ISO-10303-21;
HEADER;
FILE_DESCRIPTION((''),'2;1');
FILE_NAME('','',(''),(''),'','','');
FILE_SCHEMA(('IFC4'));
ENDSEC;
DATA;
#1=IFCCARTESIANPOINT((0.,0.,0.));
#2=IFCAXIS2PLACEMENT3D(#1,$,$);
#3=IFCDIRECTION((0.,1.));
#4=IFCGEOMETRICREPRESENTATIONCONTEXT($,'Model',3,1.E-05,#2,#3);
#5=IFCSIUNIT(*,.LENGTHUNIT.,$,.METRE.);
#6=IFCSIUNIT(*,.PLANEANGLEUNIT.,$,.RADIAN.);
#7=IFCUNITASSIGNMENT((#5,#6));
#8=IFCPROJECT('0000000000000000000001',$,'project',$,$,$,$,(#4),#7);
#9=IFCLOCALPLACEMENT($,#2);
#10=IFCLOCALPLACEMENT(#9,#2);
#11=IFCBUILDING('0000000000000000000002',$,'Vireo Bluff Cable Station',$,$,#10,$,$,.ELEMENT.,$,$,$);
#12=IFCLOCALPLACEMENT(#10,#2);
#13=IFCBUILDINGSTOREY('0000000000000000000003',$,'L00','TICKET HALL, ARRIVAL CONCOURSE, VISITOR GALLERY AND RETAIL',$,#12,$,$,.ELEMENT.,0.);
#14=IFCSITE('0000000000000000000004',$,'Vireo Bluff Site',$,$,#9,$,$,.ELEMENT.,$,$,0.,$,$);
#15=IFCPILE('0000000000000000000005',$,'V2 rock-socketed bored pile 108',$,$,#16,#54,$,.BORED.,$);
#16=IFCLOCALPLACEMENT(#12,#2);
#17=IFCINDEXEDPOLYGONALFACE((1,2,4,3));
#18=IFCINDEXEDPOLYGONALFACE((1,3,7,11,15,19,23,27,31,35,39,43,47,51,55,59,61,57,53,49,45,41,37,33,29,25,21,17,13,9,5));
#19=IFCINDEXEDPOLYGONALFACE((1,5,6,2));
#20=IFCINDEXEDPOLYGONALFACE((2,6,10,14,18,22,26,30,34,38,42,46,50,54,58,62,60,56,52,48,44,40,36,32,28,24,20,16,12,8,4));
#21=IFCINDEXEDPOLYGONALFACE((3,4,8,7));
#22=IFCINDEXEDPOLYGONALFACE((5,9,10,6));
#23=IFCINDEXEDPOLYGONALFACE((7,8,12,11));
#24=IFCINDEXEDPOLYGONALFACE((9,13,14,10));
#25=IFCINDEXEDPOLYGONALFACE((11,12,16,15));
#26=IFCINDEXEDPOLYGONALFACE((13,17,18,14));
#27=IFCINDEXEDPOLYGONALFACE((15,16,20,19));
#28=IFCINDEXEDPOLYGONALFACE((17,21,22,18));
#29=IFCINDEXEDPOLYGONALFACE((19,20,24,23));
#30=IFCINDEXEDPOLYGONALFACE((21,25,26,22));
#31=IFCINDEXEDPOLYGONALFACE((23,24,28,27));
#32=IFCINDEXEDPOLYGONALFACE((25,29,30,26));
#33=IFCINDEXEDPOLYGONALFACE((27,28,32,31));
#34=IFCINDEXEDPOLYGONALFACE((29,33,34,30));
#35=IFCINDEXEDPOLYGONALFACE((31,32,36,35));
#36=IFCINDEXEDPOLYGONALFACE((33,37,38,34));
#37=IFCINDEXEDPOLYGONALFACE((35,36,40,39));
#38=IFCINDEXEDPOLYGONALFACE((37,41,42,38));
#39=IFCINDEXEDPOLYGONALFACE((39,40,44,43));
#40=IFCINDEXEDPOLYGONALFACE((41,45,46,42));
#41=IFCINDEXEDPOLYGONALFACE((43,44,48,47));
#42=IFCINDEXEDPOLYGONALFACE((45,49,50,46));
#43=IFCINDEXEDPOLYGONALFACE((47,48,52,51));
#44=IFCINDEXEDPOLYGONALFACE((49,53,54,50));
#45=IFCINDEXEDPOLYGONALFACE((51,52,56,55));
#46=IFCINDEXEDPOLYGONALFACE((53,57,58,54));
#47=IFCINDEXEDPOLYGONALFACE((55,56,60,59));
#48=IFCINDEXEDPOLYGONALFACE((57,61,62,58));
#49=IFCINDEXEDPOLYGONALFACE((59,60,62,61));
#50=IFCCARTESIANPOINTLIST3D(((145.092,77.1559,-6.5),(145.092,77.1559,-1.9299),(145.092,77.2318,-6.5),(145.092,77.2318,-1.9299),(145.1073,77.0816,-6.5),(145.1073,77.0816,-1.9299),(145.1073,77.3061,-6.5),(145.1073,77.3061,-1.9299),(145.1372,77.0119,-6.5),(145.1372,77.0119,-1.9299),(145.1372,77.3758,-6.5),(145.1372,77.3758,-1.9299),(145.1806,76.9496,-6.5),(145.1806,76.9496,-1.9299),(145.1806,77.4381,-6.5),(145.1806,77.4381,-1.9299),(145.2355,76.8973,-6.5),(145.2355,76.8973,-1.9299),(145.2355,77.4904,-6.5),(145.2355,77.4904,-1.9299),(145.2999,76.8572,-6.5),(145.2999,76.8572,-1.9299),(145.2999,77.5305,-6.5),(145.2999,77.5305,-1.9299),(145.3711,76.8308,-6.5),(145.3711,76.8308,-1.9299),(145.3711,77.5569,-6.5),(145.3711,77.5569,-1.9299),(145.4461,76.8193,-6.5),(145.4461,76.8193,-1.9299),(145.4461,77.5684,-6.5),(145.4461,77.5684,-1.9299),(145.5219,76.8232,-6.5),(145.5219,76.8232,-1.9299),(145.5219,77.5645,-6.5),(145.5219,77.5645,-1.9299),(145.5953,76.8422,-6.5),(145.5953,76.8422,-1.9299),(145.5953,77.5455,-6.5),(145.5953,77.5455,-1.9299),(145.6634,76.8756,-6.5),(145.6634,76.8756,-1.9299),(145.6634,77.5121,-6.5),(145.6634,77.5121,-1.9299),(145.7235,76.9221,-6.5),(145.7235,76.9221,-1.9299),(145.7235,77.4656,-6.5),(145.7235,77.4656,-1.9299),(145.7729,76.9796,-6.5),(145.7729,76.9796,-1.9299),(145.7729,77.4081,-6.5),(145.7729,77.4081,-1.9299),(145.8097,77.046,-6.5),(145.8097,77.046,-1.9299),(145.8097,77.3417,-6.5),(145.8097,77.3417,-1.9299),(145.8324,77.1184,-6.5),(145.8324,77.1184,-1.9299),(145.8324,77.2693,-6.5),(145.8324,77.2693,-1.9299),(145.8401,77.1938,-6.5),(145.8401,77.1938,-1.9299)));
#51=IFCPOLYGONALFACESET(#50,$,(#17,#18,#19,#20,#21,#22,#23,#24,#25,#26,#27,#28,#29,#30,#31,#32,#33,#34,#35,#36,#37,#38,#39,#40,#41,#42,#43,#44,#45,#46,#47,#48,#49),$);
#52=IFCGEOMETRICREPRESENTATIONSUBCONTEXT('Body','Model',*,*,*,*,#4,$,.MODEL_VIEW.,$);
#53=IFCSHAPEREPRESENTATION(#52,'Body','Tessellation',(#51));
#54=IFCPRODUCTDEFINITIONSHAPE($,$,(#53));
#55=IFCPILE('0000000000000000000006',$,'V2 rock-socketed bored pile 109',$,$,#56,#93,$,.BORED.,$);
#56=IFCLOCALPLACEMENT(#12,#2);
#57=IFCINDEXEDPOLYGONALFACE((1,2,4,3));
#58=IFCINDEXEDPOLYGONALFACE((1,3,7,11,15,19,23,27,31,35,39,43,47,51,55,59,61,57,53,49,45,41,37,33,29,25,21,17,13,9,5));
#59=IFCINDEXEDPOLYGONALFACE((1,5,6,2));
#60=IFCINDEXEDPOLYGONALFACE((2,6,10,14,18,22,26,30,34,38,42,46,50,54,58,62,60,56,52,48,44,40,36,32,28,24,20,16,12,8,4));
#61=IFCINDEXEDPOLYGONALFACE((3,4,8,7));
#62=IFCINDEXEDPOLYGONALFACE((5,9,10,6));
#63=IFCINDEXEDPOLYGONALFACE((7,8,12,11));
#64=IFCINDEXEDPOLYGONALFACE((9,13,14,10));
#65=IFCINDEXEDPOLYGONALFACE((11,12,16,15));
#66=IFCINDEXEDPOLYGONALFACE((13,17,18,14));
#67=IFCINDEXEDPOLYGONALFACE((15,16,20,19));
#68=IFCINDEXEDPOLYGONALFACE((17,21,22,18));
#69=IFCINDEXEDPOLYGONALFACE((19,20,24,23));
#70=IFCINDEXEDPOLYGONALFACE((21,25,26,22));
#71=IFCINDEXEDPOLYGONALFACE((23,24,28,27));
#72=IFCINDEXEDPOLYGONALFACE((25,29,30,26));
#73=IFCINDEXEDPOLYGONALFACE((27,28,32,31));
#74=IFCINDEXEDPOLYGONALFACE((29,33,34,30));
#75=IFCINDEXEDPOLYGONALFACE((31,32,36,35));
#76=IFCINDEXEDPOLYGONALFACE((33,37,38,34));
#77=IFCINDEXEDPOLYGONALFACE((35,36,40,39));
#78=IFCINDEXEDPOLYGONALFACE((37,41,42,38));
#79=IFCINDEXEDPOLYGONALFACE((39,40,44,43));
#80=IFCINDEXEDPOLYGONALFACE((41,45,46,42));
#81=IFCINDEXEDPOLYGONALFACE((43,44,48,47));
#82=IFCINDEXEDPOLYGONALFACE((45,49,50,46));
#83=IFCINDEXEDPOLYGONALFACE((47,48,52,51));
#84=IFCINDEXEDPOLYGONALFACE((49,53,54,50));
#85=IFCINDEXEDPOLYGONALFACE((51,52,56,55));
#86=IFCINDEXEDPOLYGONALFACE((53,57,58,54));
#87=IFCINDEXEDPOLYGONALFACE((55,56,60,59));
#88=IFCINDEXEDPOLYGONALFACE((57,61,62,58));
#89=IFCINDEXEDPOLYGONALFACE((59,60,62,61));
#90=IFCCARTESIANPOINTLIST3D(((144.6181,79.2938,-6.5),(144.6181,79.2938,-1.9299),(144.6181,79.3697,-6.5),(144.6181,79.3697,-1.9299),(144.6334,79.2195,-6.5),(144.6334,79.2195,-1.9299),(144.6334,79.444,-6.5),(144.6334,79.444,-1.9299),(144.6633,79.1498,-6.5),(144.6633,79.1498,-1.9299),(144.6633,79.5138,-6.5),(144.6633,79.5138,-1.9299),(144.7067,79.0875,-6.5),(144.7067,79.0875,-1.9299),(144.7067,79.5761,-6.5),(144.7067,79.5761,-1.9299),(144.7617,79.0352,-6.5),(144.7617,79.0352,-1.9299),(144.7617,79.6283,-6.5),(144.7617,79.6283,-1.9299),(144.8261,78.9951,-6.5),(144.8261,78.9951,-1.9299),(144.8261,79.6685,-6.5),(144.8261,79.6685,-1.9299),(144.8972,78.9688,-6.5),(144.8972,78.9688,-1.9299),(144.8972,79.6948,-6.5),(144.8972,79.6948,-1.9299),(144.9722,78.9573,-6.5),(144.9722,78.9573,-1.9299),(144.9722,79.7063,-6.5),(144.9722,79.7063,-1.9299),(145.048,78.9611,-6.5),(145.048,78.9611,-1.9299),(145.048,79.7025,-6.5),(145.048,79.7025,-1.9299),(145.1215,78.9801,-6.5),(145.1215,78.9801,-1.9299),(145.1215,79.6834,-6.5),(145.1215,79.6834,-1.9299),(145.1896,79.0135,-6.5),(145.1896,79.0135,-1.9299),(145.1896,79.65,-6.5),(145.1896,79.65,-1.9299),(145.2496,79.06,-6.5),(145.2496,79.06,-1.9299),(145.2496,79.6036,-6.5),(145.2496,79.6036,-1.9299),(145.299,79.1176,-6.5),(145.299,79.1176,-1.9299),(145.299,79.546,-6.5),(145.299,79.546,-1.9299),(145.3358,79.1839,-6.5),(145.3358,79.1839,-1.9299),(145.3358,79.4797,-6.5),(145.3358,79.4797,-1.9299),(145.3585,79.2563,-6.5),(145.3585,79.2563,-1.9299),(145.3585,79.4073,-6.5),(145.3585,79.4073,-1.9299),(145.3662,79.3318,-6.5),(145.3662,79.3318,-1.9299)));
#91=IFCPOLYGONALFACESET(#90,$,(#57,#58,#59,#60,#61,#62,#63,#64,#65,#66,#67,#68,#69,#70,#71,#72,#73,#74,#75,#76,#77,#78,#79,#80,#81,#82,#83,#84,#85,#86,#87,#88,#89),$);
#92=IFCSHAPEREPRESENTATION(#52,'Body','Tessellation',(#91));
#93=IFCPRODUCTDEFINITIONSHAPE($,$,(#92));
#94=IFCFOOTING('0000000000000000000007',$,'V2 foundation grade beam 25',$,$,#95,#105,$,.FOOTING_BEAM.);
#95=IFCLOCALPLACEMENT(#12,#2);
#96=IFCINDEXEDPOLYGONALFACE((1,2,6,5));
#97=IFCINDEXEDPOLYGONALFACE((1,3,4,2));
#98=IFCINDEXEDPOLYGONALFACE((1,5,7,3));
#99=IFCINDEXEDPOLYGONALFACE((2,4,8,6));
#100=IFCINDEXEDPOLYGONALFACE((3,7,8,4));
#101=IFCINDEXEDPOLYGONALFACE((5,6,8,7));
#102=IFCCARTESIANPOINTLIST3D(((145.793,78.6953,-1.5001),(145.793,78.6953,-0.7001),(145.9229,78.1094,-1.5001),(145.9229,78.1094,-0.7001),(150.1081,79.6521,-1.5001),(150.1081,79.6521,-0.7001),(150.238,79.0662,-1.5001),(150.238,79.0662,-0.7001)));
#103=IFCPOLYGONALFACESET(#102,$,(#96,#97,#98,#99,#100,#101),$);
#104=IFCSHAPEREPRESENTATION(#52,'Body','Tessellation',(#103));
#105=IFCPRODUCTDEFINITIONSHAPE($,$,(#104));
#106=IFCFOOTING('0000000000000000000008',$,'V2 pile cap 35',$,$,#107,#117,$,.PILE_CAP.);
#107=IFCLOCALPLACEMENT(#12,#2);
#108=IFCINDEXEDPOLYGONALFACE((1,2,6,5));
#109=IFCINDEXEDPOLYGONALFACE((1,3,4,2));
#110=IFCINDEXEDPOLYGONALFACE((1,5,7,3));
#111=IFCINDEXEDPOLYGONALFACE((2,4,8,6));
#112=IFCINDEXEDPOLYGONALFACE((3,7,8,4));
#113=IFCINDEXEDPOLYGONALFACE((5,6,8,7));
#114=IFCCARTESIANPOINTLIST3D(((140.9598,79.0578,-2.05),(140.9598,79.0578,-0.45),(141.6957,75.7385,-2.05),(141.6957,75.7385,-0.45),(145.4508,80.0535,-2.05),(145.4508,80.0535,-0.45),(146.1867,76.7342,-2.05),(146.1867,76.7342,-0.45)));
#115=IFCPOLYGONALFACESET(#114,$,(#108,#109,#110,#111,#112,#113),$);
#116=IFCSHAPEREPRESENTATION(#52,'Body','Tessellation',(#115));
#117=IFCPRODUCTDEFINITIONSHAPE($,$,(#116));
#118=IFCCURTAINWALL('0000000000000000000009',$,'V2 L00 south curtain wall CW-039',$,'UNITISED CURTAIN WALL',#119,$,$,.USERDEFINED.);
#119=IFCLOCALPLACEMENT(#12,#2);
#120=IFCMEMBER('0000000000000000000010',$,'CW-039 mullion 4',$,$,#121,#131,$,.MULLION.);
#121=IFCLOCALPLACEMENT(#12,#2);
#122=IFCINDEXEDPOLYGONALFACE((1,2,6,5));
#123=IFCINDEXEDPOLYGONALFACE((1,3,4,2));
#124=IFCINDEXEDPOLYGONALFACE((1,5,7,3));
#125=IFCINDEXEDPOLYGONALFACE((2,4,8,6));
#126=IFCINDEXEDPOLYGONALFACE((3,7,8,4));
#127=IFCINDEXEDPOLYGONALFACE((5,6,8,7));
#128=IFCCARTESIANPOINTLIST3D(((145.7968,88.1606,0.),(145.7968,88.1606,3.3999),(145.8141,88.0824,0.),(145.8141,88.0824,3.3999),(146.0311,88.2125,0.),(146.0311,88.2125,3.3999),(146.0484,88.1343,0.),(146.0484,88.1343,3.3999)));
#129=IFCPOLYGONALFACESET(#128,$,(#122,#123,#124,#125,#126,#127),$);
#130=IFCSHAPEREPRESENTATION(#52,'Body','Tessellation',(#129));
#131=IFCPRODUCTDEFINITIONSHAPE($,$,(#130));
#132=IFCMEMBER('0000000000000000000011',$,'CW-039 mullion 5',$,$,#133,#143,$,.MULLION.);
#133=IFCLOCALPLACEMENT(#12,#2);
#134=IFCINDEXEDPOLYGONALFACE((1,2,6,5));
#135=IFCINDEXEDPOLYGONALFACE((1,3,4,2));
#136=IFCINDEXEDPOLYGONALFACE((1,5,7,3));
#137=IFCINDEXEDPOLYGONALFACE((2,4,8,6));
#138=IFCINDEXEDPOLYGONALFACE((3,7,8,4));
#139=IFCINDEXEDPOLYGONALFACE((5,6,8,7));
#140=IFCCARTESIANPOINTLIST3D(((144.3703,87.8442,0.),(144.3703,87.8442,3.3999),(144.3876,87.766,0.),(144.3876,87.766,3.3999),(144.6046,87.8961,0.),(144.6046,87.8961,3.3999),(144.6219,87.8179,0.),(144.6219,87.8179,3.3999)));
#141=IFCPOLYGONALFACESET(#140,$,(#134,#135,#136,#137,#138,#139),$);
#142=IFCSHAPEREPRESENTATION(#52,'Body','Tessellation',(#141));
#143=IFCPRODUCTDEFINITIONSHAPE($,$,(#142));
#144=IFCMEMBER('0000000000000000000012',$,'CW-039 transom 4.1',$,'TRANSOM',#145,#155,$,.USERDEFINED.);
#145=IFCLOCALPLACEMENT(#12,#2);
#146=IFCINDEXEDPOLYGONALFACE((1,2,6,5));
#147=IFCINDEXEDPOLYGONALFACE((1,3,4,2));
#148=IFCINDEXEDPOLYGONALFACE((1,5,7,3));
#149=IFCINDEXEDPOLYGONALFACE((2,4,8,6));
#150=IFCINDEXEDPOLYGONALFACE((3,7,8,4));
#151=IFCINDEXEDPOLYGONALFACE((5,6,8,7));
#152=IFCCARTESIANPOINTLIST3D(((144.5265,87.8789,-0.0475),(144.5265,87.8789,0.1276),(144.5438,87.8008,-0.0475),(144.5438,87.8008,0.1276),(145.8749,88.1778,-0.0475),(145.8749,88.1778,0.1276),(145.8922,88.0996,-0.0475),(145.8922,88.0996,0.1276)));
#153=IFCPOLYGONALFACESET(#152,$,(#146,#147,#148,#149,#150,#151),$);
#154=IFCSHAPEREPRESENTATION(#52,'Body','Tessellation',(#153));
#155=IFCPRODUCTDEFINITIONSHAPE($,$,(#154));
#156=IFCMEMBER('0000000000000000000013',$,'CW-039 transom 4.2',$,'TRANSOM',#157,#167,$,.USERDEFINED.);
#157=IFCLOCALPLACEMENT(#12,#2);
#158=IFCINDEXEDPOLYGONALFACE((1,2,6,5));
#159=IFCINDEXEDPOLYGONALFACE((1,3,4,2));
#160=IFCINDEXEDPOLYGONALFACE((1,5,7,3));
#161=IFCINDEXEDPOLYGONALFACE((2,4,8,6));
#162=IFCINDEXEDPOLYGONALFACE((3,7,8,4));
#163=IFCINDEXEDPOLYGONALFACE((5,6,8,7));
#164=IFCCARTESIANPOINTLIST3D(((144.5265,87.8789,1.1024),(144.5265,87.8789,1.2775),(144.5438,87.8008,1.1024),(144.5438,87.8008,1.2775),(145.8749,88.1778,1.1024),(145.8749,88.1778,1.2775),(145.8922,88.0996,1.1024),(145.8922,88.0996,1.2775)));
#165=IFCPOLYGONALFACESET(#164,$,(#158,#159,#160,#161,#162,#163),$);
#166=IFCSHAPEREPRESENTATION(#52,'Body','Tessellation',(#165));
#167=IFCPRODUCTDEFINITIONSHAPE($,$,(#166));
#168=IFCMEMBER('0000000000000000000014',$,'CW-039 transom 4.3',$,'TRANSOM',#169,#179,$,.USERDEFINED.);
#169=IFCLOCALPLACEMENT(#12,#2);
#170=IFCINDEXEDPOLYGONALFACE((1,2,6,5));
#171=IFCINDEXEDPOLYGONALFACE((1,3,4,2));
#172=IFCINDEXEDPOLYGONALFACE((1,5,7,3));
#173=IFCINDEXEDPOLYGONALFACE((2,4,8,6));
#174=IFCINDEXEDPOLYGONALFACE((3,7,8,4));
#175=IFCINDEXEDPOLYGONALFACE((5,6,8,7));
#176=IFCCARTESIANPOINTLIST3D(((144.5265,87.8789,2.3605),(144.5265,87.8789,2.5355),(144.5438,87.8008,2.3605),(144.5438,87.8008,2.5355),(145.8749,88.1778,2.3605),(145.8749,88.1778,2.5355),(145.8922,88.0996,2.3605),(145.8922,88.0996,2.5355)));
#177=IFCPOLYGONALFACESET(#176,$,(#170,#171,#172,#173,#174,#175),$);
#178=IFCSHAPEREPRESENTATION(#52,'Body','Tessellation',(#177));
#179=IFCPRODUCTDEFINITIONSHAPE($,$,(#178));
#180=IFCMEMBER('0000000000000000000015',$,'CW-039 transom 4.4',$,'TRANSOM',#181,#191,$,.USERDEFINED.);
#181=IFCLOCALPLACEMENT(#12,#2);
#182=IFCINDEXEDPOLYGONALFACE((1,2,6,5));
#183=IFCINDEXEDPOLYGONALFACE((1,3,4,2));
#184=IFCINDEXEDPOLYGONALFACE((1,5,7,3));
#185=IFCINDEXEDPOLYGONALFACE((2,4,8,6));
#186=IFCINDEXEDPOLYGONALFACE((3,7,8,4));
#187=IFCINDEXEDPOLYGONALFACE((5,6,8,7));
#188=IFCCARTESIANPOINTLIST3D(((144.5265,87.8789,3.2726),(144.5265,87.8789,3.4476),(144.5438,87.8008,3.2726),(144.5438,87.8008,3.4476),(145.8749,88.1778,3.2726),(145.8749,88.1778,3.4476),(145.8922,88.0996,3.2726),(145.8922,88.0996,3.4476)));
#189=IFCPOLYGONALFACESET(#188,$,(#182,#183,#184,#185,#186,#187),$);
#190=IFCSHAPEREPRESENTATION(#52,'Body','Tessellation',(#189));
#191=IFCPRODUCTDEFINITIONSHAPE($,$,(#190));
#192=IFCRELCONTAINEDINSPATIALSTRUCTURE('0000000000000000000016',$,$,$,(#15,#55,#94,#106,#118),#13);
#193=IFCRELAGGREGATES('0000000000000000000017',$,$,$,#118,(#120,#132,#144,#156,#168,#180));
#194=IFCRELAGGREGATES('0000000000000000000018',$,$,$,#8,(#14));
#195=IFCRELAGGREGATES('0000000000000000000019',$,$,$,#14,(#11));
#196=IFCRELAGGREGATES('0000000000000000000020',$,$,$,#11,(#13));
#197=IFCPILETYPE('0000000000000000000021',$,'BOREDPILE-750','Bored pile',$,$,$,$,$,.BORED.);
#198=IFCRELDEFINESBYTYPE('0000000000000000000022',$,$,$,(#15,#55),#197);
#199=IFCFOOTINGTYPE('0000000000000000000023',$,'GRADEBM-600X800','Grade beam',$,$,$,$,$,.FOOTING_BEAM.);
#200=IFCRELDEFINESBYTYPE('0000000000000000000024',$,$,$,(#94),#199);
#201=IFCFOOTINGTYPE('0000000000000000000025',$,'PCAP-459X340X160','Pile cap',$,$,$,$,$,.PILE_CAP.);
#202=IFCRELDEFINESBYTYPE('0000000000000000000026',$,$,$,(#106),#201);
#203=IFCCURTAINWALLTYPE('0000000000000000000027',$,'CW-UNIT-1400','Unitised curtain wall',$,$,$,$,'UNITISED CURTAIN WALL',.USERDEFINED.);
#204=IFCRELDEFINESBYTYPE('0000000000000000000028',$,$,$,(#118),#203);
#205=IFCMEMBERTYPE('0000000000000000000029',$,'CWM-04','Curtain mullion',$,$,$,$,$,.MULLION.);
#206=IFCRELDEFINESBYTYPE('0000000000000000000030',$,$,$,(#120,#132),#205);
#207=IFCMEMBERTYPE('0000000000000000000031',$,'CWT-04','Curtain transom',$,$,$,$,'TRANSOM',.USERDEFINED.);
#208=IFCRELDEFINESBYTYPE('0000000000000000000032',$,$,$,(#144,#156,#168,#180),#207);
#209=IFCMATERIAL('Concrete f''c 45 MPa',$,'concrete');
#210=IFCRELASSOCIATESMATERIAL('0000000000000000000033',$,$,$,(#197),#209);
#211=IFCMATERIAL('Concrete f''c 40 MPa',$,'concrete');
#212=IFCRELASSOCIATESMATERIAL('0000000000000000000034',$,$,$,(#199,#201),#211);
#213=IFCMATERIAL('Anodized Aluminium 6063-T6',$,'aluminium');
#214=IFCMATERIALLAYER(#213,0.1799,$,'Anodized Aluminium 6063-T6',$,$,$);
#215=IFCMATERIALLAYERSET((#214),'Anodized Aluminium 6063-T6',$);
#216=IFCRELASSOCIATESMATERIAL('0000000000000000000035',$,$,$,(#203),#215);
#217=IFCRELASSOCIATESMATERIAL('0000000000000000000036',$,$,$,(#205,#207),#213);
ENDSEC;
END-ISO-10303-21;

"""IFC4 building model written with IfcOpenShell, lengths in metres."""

from ifc_helpers import new_model, si_unit, direction, frame, origin, origin_2d, place, context, subcontext, project, spatial, rectangle, circle, extrude, material, layer, layer_set, material_profile, profile_set, type_object, element, aggregate, save


model = new_model("IFC4")

# Units and contexts
model_context = context("Model", 3, precision=1e-05, world=origin(), true_north=direction((0.0, 1.0)))
body_context = subcontext(model_context, "Body", "Model", "MODEL_VIEW")
ifc_project = project(units=[si_unit("LENGTHUNIT", "METRE"), si_unit("PLANEANGLEUNIT", "RADIAN")], contexts=[model_context])

# Site, building, storey
site_placement = place(None, origin())
site = spatial("IfcSite", under=ifc_project, at=site_placement, Name="Vireo Bluff Site", CompositionType="ELEMENT", RefElevation=0.0)
building_placement = place(site_placement, origin())
building = spatial("IfcBuilding", under=site, at=building_placement, Name="Vireo Bluff Cable Station", CompositionType="ELEMENT")
storey_placement = place(building_placement, origin())
storey = spatial("IfcBuildingStorey", under=building, at=storey_placement, Name="L00", Description="TICKET HALL, ARRIVAL CONCOURSE, VISITOR GALLERY AND RETAIL", CompositionType="ELEMENT", Elevation=0.0)

# Piles
ifc_material_1 = material(Name="Concrete f'c 45 MPa", Category="concrete")
ifc_material_profile_1 = material_profile(ifc_material_1, circle(Radius=0.375, at=origin_2d()), Name="BOREDPILE-750")
ifc_profile_set_1 = profile_set([ifc_material_profile_1], Name="Concrete f'c 45 MPa")
pile_type = type_object("IfcPileType", Name="BOREDPILE-750", Description="Bored pile", PredefinedType="BORED", material=ifc_profile_set_1)
for number, where, z_axis, x_axis, name in (
    (1, (145.4651, 77.1938, -1.9299), (0.0, 0.0, -1.0), (1.0, 0.0, 0.0), "V2 rock-socketed bored pile 108"),
    (2, (144.9912, 79.3318, -1.9299), (0.0, 0.0, -1.0), (1.0, 0.0, 0.0), "V2 rock-socketed bored pile 109"),
):
    element("IfcPile", number, at=place(storey_placement, frame(where, z_axis=z_axis, x_axis=x_axis)), inside=storey, type_object=pile_type, Name=name, PredefinedType="BORED", context=body_context, shape_type="SweptSolid", body=[
        extrude(circle(Radius=0.375, at=origin_2d()), origin(), (0.0, 0.0, 1.0), 4.5701),
    ])

# Footings
ifc_material_2 = material(Name="Concrete f'c 40 MPa", Category="concrete")
ifc_material_profile_2 = material_profile(ifc_material_2, rectangle(XDim=0.6001, YDim=0.8, at=origin_2d()), Name="GRADEBM-600X800")
ifc_profile_set_2 = profile_set([ifc_material_profile_2], Name="Concrete f'c 40 MPa")
footing_type_1 = type_object("IfcFootingType", Name="GRADEBM-600X800", Description="Grade beam", PredefinedType="FOOTING_BEAM", material=ifc_profile_set_2)
footing_1_placement = place(storey_placement, frame((145.8579, 78.4023, -1.1001), z_axis=(0.97629, 0.216468, 0.0), x_axis=(-0.216468, 0.97629, 0.0)))
element("IfcFooting", 3, at=footing_1_placement, inside=storey, type_object=footing_type_1, Name="V2 foundation grade beam 25", PredefinedType="FOOTING_BEAM", context=body_context, shape_type="SweptSolid", body=[
    extrude(rectangle(XDim=0.6001, YDim=0.8, at=origin_2d()), origin(), (0.0, 0.0, 1.0), 4.4199),
])
footing_type_2 = type_object("IfcFootingType", Name="PCAP-459X340X160", Description="Pile cap", PredefinedType="PILE_CAP", material=ifc_material_2)
footing_2_placement = place(storey_placement, frame((143.5732, 77.896, -2.05), z_axis=(0.0, 0.0, 1.0), x_axis=(0.976296, 0.21644, 0.0)))
element("IfcFooting", 4, at=footing_2_placement, inside=storey, type_object=footing_type_2, Name="V2 pile cap 35", PredefinedType="PILE_CAP", context=body_context, shape_type="SweptSolid", body=[
    extrude(rectangle(XDim=4.6001, YDim=3.3999, at=origin_2d()), origin(), (0.0, 0.0, 1.0), 1.6001),
])

# Curtain wall, members
ifc_material_3 = material(Name="Anodized Aluminium 6063-T6", Category="aluminium")
ifc_layer_1 = layer(ifc_material_3, 0.1799, Name="Anodized Aluminium 6063-T6")
ifc_layer_set_1 = layer_set([ifc_layer_1], Name="Anodized Aluminium 6063-T6")
curtain_wall_type = type_object("IfcCurtainWallType", Name="CW-UNIT-1400", Description="Unitised curtain wall", ElementType="UNITISED CURTAIN WALL", PredefinedType="USERDEFINED", material=ifc_layer_set_1)
curtain_wall_placement = place(storey_placement, origin())
curtain_wall = element("IfcCurtainWall", 5, at=curtain_wall_placement, inside=storey, type_object=curtain_wall_type, Name="V2 L00 south curtain wall CW-039", ObjectType="UNITISED CURTAIN WALL", PredefinedType="USERDEFINED")
ifc_material_profile_3 = material_profile(ifc_material_3, rectangle(XDim=0.0801, YDim=0.24, at=origin_2d()), Name="ALU-M-80X240")
ifc_profile_set_3 = profile_set([ifc_material_profile_3], Name="Anodized Aluminium 6063-T6")
member_type_1 = type_object("IfcMemberType", Name="CWM-04", Description="Curtain mullion", PredefinedType="MULLION", material=ifc_profile_set_3)
member_1_placement = place(storey_placement, frame((145.9226, 88.1475, 0.0), z_axis=(0.0, 0.0, 1.0), x_axis=(0.21644, -0.976296, 0.0)))
member_1 = element("IfcMember", 6, at=member_1_placement, type_object=member_type_1, Name="CW-039 mullion 4", PredefinedType="MULLION", context=body_context, shape_type="SweptSolid", body=[
    extrude(rectangle(XDim=0.0801, YDim=0.24, at=origin_2d()), origin(), (0.0, 0.0, 1.0), 3.3999),
])
member_2_placement = place(storey_placement, frame((144.4961, 87.8311, 0.0), z_axis=(0.0, 0.0, 1.0), x_axis=(0.21644, -0.976296, 0.0)))
member_2 = element("IfcMember", 7, at=member_2_placement, type_object=member_type_1, Name="CW-039 mullion 5", PredefinedType="MULLION", context=body_context, shape_type="SweptSolid", body=[
    extrude(rectangle(XDim=0.0801, YDim=0.24, at=origin_2d()), origin(), (0.0, 0.0, 1.0), 3.3999),
])
ifc_material_profile_4 = material_profile(ifc_material_3, rectangle(XDim=0.0801, YDim=0.175, at=origin_2d()), Name="ALU-T-80X175")
ifc_profile_set_4 = profile_set([ifc_material_profile_4], Name="Anodized Aluminium 6063-T6")
member_type_2 = type_object("IfcMemberType", Name="CWT-04", Description="Curtain transom", ElementType="TRANSOM", PredefinedType="USERDEFINED", material=ifc_profile_set_4)
member_3_placement = place(storey_placement, frame((145.8835, 88.1387, 0.04), z_axis=(-0.976312, -0.216369, 0.0), x_axis=(0.216369, -0.976312, 0.0)))
member_3 = element("IfcMember", 8, at=member_3_placement, type_object=member_type_2, Name="CW-039 transom 4.1", ObjectType="TRANSOM", PredefinedType="USERDEFINED", context=body_context, shape_type="SweptSolid", body=[
    extrude(rectangle(XDim=0.0801, YDim=0.175, at=origin_2d()), origin(), (0.0, 0.0, 1.0), 1.3811),
])
member_4_placement = place(storey_placement, frame((145.8835, 88.1387, 1.1899), z_axis=(-0.976312, -0.216369, 0.0), x_axis=(0.216369, -0.976312, 0.0)))
member_4 = element("IfcMember", 9, at=member_4_placement, type_object=member_type_2, Name="CW-039 transom 4.2", ObjectType="TRANSOM", PredefinedType="USERDEFINED", context=body_context, shape_type="SweptSolid", body=[
    extrude(rectangle(XDim=0.0801, YDim=0.175, at=origin_2d()), origin(), (0.0, 0.0, 1.0), 1.3811),
])
member_5_placement = place(storey_placement, frame((145.8835, 88.1387, 2.448), z_axis=(-0.976312, -0.216369, 0.0), x_axis=(0.216369, -0.976312, 0.0)))
member_5 = element("IfcMember", 10, at=member_5_placement, type_object=member_type_2, Name="CW-039 transom 4.3", ObjectType="TRANSOM", PredefinedType="USERDEFINED", context=body_context, shape_type="SweptSolid", body=[
    extrude(rectangle(XDim=0.0801, YDim=0.175, at=origin_2d()), origin(), (0.0, 0.0, 1.0), 1.3811),
])
member_6_placement = place(storey_placement, frame((145.8835, 88.1387, 3.3601), z_axis=(-0.976312, -0.216369, 0.0), x_axis=(0.216369, -0.976312, 0.0)))
member_6 = element("IfcMember", 11, at=member_6_placement, type_object=member_type_2, Name="CW-039 transom 4.4", ObjectType="TRANSOM", PredefinedType="USERDEFINED", context=body_context, shape_type="SweptSolid", body=[
    extrude(rectangle(XDim=0.0801, YDim=0.175, at=origin_2d()), origin(), (0.0, 0.0, 1.0), 1.3811),
])

aggregate(curtain_wall, [member_1, member_2, member_3, member_4, member_5, member_6])

save(model, "model.ifc")
